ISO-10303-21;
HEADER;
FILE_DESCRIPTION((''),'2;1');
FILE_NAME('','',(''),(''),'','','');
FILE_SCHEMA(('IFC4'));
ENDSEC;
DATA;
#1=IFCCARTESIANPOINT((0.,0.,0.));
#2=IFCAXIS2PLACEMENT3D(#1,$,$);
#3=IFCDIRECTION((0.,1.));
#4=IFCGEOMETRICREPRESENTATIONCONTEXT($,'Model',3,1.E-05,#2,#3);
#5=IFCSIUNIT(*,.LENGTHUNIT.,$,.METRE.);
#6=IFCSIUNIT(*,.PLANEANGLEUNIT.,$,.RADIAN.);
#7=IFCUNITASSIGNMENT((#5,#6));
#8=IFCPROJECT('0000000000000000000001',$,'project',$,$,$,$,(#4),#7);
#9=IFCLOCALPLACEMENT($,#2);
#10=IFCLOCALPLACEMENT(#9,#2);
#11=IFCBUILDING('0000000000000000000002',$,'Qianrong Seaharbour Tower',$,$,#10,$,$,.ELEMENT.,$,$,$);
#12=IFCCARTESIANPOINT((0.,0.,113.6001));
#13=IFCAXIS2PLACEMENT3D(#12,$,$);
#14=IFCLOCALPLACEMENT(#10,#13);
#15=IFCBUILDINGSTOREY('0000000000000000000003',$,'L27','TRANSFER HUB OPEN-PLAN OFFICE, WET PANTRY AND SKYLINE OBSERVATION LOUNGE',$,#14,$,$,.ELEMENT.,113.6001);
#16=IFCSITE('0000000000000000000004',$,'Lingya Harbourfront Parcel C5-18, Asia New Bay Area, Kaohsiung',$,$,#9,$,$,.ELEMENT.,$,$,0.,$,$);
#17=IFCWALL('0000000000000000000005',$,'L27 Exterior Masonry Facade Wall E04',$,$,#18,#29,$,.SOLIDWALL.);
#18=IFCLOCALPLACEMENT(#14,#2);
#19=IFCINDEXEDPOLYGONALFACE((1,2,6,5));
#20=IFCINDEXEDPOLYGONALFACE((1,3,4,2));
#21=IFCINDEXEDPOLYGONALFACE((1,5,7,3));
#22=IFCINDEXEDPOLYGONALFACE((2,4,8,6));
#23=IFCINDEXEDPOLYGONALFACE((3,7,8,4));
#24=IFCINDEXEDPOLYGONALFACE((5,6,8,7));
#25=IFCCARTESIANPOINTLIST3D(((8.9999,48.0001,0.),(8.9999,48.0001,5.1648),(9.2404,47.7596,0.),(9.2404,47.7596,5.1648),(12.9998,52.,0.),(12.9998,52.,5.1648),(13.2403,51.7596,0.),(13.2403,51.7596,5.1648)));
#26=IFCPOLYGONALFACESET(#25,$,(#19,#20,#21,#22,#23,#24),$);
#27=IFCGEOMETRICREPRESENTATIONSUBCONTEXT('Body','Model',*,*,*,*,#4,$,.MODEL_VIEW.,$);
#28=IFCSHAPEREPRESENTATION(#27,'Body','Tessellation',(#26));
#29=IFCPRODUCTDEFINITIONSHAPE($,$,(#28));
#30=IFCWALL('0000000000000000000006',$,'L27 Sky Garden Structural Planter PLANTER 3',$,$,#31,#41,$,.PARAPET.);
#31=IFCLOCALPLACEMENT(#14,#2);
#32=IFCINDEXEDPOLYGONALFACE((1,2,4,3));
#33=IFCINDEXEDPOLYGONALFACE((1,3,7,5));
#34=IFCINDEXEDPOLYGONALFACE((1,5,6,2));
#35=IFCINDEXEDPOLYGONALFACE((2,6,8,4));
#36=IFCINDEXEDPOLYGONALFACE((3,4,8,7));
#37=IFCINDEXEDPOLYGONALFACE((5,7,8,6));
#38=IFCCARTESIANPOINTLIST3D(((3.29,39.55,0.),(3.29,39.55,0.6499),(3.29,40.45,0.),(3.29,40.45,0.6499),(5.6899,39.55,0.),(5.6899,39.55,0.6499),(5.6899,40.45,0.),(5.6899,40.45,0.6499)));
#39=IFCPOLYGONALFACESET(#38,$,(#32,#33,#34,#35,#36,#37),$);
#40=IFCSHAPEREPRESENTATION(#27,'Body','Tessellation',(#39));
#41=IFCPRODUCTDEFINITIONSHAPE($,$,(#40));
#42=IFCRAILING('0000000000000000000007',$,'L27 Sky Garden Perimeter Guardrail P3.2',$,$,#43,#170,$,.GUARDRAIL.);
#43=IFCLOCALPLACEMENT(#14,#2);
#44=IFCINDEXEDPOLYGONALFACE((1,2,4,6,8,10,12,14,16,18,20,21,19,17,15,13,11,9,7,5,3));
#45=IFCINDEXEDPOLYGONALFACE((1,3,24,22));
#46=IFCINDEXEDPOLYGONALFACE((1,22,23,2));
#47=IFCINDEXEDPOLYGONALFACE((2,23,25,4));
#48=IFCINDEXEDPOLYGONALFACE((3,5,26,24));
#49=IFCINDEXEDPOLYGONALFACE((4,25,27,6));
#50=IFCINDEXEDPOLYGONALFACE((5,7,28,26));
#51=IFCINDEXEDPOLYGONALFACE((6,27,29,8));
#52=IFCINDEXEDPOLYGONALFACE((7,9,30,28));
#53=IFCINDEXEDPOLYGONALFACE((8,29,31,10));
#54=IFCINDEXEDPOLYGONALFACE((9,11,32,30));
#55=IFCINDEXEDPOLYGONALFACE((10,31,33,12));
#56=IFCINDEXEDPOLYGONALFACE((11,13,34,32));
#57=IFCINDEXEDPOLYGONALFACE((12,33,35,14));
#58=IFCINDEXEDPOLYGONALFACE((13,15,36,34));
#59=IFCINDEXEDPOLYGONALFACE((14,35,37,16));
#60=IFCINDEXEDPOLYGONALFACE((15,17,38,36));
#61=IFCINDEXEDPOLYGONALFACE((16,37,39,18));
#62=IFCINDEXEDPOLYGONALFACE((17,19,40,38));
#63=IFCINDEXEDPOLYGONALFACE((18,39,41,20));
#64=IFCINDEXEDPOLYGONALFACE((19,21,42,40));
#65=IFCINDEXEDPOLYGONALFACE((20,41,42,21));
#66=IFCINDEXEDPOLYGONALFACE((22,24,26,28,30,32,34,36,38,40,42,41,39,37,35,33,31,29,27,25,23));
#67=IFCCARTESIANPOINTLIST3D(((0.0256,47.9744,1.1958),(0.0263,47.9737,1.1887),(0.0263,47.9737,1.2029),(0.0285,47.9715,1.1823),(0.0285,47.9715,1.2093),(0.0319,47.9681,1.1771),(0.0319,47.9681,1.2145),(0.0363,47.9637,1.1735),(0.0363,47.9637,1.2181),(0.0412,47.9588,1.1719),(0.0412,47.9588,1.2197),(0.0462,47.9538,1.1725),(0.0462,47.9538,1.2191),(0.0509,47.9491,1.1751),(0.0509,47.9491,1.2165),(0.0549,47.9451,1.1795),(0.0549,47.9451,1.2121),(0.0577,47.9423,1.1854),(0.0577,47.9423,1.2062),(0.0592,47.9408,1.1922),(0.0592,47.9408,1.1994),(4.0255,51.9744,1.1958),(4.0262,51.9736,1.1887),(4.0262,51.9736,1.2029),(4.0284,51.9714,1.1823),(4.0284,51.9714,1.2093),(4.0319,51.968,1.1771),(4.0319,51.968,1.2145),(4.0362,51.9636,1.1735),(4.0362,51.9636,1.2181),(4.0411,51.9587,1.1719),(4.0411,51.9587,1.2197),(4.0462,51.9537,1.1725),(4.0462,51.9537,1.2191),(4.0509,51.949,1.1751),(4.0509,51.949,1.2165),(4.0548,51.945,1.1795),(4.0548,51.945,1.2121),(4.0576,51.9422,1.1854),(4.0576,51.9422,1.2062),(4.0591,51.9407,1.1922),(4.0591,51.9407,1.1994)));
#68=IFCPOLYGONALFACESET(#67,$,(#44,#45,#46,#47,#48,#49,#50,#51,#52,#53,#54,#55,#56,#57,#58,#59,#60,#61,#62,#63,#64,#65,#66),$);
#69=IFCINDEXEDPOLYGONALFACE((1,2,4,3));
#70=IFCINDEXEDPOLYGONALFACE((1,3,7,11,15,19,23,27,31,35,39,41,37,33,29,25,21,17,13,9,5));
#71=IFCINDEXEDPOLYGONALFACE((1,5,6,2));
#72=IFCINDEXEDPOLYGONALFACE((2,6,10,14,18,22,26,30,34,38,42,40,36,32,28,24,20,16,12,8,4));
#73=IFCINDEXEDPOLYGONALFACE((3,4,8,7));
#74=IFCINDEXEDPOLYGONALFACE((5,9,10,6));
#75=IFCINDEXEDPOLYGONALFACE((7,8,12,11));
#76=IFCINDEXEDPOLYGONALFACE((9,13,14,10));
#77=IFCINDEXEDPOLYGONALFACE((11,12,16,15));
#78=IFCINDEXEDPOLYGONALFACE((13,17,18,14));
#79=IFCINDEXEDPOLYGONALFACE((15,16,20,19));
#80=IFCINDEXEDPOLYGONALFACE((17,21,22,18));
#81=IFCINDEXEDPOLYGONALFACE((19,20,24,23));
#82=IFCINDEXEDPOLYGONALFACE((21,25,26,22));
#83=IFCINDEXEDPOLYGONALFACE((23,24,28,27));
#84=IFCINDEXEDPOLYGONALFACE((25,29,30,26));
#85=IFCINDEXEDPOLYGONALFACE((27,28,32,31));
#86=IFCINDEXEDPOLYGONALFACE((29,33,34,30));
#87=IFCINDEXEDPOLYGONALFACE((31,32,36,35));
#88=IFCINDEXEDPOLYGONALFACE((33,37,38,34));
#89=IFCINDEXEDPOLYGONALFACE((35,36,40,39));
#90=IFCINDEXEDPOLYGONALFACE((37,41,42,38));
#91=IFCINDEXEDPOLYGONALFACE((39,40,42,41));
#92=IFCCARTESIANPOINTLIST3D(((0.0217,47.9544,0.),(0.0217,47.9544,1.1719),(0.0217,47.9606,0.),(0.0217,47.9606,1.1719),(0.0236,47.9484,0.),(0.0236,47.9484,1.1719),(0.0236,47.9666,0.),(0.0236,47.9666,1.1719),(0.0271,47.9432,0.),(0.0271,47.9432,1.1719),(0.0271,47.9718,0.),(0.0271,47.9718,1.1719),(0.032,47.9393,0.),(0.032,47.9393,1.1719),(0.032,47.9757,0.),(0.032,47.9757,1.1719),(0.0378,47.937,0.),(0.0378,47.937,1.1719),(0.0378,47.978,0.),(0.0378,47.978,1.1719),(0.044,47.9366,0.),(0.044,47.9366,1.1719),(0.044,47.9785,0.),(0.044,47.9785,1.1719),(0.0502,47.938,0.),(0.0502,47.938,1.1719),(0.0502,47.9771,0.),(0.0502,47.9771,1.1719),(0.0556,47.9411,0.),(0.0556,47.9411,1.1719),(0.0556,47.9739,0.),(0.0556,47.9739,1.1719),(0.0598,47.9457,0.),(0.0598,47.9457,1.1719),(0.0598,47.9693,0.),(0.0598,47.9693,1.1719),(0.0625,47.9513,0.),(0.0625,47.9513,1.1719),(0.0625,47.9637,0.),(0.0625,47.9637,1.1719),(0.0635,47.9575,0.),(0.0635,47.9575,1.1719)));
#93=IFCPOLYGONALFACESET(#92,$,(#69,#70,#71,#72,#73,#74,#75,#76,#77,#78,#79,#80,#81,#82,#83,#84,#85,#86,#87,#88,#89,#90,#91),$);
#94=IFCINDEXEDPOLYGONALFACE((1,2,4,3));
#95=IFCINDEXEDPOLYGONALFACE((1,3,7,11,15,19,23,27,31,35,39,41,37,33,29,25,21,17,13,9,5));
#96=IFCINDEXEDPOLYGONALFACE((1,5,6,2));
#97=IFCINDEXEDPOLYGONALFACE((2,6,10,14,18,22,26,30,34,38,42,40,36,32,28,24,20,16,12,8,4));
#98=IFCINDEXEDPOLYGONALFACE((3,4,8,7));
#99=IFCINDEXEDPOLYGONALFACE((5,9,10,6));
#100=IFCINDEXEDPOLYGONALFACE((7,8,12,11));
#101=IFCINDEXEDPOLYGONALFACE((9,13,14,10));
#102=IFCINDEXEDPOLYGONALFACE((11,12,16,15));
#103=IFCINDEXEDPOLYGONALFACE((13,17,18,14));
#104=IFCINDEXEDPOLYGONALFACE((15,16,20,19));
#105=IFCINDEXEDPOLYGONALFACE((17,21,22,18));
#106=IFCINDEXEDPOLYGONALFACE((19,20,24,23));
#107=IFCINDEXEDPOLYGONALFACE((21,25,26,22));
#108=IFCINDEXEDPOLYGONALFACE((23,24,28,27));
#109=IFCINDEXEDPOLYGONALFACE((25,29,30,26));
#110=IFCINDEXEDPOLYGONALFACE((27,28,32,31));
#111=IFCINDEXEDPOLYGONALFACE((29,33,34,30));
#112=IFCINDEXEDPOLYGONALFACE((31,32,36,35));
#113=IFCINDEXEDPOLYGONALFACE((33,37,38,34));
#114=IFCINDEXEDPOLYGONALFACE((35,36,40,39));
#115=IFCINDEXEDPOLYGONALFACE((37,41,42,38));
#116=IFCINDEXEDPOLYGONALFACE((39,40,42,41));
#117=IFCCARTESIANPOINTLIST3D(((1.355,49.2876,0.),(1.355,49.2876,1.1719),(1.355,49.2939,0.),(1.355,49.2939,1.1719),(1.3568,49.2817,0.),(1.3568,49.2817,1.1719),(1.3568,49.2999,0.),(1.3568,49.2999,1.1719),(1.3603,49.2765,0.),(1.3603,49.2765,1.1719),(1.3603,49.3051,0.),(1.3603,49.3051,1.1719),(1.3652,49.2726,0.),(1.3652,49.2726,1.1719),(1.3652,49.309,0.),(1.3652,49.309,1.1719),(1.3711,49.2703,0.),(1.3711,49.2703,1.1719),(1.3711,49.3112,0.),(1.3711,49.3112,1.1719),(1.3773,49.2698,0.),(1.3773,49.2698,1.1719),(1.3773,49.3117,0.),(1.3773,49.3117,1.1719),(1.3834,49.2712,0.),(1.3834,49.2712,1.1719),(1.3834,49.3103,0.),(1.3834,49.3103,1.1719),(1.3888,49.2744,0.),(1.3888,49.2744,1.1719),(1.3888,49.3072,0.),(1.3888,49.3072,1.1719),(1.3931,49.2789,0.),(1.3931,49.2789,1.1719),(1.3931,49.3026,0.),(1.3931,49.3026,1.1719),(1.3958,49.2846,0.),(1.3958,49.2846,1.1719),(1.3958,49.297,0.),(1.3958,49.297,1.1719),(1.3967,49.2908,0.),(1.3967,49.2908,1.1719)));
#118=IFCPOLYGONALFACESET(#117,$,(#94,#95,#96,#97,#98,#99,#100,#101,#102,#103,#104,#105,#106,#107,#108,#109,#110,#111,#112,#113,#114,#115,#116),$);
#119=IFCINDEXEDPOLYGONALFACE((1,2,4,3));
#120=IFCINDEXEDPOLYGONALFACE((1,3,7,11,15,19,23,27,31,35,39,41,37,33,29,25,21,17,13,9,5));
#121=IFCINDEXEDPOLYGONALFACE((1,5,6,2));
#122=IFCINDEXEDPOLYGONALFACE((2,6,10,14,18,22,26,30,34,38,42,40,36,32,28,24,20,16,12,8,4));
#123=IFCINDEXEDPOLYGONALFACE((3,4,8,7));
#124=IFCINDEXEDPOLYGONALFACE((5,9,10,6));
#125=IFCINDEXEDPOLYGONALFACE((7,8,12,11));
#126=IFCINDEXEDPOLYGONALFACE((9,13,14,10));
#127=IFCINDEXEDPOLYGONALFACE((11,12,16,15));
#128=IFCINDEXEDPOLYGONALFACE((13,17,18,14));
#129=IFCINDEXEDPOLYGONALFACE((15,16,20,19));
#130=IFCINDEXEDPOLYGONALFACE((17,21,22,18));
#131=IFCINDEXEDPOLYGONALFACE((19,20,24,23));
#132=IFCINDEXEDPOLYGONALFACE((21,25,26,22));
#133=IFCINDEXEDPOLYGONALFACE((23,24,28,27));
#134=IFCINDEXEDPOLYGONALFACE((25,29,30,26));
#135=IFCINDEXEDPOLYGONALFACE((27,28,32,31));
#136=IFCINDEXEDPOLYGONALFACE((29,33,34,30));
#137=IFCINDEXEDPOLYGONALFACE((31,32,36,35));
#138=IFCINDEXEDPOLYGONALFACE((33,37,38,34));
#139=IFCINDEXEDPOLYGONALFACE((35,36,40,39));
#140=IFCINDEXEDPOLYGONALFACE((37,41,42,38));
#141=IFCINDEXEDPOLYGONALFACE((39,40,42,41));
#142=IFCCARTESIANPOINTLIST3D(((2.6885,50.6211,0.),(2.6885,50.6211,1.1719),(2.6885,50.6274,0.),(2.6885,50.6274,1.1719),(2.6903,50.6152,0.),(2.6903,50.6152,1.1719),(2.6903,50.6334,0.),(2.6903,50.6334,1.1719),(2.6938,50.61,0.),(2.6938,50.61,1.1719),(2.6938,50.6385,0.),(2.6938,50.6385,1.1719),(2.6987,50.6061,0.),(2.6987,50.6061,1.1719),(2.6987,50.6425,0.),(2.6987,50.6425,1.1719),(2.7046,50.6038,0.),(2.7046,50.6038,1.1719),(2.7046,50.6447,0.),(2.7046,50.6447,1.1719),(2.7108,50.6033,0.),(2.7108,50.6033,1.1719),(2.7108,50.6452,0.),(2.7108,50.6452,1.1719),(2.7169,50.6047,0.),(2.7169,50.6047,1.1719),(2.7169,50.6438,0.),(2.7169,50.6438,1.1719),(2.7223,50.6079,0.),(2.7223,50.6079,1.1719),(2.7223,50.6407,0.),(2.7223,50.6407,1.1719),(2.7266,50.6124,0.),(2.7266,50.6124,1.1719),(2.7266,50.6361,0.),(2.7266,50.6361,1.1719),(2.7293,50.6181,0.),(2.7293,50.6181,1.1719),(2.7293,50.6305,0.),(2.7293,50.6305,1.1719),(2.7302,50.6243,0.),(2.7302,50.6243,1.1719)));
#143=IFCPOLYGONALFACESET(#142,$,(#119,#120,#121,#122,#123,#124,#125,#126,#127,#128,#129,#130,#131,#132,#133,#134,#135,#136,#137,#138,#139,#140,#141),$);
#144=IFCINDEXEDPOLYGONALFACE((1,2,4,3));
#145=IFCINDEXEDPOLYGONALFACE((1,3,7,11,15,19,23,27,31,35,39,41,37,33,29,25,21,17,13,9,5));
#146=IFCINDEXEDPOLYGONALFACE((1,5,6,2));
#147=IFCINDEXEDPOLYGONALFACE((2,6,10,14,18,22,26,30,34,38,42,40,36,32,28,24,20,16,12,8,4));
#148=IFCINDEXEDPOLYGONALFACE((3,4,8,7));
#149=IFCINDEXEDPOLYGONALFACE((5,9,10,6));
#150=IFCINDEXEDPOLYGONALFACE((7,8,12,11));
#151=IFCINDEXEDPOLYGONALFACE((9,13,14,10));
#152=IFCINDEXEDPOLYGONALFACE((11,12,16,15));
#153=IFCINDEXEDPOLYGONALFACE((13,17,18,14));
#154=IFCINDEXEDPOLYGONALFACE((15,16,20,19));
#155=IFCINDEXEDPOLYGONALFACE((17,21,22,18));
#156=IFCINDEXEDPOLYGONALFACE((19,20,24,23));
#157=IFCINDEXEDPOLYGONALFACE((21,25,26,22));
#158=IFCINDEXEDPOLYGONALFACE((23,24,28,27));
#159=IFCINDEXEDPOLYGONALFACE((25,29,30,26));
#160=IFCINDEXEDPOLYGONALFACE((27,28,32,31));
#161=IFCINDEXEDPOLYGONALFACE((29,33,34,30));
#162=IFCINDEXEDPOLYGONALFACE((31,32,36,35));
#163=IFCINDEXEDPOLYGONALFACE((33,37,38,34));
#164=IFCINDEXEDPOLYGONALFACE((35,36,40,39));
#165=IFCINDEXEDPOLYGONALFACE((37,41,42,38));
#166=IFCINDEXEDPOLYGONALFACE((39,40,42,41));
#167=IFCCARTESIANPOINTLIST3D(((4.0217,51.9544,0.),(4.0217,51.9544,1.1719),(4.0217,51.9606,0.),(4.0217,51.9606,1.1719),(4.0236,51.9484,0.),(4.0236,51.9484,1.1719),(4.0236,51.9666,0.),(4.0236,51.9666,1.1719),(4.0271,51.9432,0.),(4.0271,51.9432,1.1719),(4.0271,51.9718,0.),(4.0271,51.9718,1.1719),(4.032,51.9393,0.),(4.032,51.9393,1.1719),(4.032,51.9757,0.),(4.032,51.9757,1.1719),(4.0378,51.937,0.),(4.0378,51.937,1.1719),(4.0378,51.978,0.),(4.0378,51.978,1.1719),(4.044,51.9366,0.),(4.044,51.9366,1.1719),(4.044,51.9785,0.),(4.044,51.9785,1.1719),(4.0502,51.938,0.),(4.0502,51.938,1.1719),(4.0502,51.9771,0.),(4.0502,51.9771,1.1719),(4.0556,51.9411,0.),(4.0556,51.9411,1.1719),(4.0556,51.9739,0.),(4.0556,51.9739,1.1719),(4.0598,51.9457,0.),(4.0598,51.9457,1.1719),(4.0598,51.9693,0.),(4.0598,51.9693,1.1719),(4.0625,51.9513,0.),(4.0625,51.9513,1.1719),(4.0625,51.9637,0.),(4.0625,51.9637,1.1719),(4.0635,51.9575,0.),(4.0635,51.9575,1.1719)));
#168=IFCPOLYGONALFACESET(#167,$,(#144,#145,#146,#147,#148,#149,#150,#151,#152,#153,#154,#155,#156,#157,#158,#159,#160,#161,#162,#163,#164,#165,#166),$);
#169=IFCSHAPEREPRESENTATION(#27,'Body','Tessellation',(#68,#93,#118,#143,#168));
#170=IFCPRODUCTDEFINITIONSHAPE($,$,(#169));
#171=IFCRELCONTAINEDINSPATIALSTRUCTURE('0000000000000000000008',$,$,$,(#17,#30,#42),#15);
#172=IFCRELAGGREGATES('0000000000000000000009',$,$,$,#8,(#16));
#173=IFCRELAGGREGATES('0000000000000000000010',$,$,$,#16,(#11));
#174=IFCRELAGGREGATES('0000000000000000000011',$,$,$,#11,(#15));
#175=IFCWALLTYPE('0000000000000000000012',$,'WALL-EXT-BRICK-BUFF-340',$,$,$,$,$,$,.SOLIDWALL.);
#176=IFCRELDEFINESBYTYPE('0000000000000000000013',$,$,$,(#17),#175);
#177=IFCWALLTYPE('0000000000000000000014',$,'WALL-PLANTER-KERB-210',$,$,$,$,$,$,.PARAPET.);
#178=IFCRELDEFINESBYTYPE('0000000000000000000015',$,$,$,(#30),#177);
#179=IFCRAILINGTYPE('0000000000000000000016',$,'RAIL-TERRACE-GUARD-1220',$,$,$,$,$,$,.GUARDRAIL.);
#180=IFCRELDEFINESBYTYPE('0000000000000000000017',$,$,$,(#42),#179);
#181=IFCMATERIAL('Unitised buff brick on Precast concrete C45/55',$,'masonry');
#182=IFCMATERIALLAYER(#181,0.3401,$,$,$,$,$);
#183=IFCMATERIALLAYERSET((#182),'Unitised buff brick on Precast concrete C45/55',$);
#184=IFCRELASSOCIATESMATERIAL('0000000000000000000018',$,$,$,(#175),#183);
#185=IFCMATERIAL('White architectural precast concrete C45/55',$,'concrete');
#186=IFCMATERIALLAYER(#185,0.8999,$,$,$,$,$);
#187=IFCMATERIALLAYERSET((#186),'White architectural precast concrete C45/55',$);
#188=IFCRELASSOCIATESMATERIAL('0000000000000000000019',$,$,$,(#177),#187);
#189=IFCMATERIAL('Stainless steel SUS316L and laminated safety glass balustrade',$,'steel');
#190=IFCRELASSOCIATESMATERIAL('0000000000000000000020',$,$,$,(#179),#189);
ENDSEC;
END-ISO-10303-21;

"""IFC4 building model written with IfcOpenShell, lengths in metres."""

from ifc_helpers import new_model, si_unit, direction, frame, frame_2d, origin, origin_2d, place, context, subcontext, project, spatial, rectangle, circle, extrude, material, layer, layer_set, type_object, element, save


model = new_model("IFC4")

# Units and contexts
model_context = context("Model", 3, precision=1e-05, world=origin(), true_north=direction((0.0, 1.0)))
body_context = subcontext(model_context, "Body", "Model", "MODEL_VIEW")
ifc_project = project(units=[si_unit("LENGTHUNIT", "METRE"), si_unit("PLANEANGLEUNIT", "RADIAN")], contexts=[model_context])

# Site, building, storey
site_placement = place(None, origin())
site = spatial("IfcSite", under=ifc_project, at=site_placement, Name="Lingya Harbourfront Parcel C5-18, Asia New Bay Area, Kaohsiung", CompositionType="ELEMENT", RefElevation=0.0)
building_placement = place(site_placement, origin())
building = spatial("IfcBuilding", under=site, at=building_placement, Name="Qianrong Seaharbour Tower", CompositionType="ELEMENT")
storey_placement = place(building_placement, frame((0.0, 0.0, 113.6001)))
storey = spatial("IfcBuildingStorey", under=building, at=storey_placement, Name="L27", Description="TRANSFER HUB OPEN-PLAN OFFICE, WET PANTRY AND SKYLINE OBSERVATION LOUNGE", CompositionType="ELEMENT", Elevation=113.6001)

# Walls
ifc_material_1 = material(Name="Unitised buff brick on Precast concrete C45/55", Category="masonry")
ifc_layer_1 = layer(ifc_material_1, 0.3401)
ifc_layer_set_1 = layer_set([ifc_layer_1], Name="Unitised buff brick on Precast concrete C45/55")
wall_type_1 = type_object("IfcWallType", Name="WALL-EXT-BRICK-BUFF-340", PredefinedType="SOLIDWALL", material=ifc_layer_set_1)
wall_1_placement = place(storey_placement, frame((9.1201, 47.8799, 0.0), z_axis=(0.0, 0.0, 1.0), x_axis=(0.707107, 0.707107, 0.0)))
element("IfcWall", 1, at=wall_1_placement, inside=storey, type_object=wall_type_1, Name="L27 Exterior Masonry Facade Wall E04", PredefinedType="SOLIDWALL", context=body_context, shape_type="SweptSolid", body=[
    extrude(rectangle(XDim=5.6567, YDim=0.3401, at=frame_2d((2.8284, 0.0))), origin(), (0.0, 0.0, 1.0), 5.1648),
])
ifc_material_2 = material(Name="White architectural precast concrete C45/55", Category="concrete")
ifc_layer_2 = layer(ifc_material_2, 0.8999)
ifc_layer_set_2 = layer_set([ifc_layer_2], Name="White architectural precast concrete C45/55")
wall_type_2 = type_object("IfcWallType", Name="WALL-PLANTER-KERB-210", PredefinedType="PARAPET", material=ifc_layer_set_2)
wall_2_placement = place(storey_placement, frame((3.29, 40.0, 0.0), z_axis=(0.0, 0.0, 1.0), x_axis=(1.0, 0.0, 0.0)))
element("IfcWall", 2, at=wall_2_placement, inside=storey, type_object=wall_type_2, Name="L27 Sky Garden Structural Planter PLANTER 3", PredefinedType="PARAPET", context=body_context, shape_type="SweptSolid", body=[
    extrude(rectangle(XDim=2.3999, YDim=0.8999, at=frame_2d((1.2, 0.0))), origin(), (0.0, 0.0, 1.0), 0.6499),
])

# Railing
ifc_material_3 = material(Name="Stainless steel SUS316L and laminated safety glass balustrade", Category="steel")
railing_type = type_object("IfcRailingType", Name="RAIL-TERRACE-GUARD-1220", PredefinedType="GUARDRAIL", material=ifc_material_3)
railing_1_placement = place(storey_placement, frame((0.0425, 47.9575, 0.0)))
element("IfcRailing", 3, at=railing_1_placement, inside=storey, type_object=railing_type, Name="L27 Sky Garden Perimeter Guardrail P3.2", PredefinedType="GUARDRAIL", context=body_context, shape_type="SweptSolid", body=[
    extrude(circle(Radius=0.0239, at=origin_2d()), frame((0.0, 0.0, 1.1958), z_axis=(0.707107, 0.707107, 0.0), x_axis=(-0.707107, 0.707107, 0.0)), (0.0, 0.0, 1.0), 5.6567),
    extrude(circle(Radius=0.021, at=origin_2d()), origin(), (0.0, 0.0, 1.0), 1.1719),
    extrude(circle(Radius=0.021, at=origin_2d()), frame((1.3333, 1.3333, 0.0)), (0.0, 0.0, 1.0), 1.1719),
    extrude(circle(Radius=0.021, at=origin_2d()), frame((2.6667, 2.6667, 0.0)), (0.0, 0.0, 1.0), 1.1719),
    extrude(circle(Radius=0.021, at=origin_2d()), frame((4.0, 4.0, 0.0)), (0.0, 0.0, 1.0), 1.1719),
])

save(model, "model.ifc")
